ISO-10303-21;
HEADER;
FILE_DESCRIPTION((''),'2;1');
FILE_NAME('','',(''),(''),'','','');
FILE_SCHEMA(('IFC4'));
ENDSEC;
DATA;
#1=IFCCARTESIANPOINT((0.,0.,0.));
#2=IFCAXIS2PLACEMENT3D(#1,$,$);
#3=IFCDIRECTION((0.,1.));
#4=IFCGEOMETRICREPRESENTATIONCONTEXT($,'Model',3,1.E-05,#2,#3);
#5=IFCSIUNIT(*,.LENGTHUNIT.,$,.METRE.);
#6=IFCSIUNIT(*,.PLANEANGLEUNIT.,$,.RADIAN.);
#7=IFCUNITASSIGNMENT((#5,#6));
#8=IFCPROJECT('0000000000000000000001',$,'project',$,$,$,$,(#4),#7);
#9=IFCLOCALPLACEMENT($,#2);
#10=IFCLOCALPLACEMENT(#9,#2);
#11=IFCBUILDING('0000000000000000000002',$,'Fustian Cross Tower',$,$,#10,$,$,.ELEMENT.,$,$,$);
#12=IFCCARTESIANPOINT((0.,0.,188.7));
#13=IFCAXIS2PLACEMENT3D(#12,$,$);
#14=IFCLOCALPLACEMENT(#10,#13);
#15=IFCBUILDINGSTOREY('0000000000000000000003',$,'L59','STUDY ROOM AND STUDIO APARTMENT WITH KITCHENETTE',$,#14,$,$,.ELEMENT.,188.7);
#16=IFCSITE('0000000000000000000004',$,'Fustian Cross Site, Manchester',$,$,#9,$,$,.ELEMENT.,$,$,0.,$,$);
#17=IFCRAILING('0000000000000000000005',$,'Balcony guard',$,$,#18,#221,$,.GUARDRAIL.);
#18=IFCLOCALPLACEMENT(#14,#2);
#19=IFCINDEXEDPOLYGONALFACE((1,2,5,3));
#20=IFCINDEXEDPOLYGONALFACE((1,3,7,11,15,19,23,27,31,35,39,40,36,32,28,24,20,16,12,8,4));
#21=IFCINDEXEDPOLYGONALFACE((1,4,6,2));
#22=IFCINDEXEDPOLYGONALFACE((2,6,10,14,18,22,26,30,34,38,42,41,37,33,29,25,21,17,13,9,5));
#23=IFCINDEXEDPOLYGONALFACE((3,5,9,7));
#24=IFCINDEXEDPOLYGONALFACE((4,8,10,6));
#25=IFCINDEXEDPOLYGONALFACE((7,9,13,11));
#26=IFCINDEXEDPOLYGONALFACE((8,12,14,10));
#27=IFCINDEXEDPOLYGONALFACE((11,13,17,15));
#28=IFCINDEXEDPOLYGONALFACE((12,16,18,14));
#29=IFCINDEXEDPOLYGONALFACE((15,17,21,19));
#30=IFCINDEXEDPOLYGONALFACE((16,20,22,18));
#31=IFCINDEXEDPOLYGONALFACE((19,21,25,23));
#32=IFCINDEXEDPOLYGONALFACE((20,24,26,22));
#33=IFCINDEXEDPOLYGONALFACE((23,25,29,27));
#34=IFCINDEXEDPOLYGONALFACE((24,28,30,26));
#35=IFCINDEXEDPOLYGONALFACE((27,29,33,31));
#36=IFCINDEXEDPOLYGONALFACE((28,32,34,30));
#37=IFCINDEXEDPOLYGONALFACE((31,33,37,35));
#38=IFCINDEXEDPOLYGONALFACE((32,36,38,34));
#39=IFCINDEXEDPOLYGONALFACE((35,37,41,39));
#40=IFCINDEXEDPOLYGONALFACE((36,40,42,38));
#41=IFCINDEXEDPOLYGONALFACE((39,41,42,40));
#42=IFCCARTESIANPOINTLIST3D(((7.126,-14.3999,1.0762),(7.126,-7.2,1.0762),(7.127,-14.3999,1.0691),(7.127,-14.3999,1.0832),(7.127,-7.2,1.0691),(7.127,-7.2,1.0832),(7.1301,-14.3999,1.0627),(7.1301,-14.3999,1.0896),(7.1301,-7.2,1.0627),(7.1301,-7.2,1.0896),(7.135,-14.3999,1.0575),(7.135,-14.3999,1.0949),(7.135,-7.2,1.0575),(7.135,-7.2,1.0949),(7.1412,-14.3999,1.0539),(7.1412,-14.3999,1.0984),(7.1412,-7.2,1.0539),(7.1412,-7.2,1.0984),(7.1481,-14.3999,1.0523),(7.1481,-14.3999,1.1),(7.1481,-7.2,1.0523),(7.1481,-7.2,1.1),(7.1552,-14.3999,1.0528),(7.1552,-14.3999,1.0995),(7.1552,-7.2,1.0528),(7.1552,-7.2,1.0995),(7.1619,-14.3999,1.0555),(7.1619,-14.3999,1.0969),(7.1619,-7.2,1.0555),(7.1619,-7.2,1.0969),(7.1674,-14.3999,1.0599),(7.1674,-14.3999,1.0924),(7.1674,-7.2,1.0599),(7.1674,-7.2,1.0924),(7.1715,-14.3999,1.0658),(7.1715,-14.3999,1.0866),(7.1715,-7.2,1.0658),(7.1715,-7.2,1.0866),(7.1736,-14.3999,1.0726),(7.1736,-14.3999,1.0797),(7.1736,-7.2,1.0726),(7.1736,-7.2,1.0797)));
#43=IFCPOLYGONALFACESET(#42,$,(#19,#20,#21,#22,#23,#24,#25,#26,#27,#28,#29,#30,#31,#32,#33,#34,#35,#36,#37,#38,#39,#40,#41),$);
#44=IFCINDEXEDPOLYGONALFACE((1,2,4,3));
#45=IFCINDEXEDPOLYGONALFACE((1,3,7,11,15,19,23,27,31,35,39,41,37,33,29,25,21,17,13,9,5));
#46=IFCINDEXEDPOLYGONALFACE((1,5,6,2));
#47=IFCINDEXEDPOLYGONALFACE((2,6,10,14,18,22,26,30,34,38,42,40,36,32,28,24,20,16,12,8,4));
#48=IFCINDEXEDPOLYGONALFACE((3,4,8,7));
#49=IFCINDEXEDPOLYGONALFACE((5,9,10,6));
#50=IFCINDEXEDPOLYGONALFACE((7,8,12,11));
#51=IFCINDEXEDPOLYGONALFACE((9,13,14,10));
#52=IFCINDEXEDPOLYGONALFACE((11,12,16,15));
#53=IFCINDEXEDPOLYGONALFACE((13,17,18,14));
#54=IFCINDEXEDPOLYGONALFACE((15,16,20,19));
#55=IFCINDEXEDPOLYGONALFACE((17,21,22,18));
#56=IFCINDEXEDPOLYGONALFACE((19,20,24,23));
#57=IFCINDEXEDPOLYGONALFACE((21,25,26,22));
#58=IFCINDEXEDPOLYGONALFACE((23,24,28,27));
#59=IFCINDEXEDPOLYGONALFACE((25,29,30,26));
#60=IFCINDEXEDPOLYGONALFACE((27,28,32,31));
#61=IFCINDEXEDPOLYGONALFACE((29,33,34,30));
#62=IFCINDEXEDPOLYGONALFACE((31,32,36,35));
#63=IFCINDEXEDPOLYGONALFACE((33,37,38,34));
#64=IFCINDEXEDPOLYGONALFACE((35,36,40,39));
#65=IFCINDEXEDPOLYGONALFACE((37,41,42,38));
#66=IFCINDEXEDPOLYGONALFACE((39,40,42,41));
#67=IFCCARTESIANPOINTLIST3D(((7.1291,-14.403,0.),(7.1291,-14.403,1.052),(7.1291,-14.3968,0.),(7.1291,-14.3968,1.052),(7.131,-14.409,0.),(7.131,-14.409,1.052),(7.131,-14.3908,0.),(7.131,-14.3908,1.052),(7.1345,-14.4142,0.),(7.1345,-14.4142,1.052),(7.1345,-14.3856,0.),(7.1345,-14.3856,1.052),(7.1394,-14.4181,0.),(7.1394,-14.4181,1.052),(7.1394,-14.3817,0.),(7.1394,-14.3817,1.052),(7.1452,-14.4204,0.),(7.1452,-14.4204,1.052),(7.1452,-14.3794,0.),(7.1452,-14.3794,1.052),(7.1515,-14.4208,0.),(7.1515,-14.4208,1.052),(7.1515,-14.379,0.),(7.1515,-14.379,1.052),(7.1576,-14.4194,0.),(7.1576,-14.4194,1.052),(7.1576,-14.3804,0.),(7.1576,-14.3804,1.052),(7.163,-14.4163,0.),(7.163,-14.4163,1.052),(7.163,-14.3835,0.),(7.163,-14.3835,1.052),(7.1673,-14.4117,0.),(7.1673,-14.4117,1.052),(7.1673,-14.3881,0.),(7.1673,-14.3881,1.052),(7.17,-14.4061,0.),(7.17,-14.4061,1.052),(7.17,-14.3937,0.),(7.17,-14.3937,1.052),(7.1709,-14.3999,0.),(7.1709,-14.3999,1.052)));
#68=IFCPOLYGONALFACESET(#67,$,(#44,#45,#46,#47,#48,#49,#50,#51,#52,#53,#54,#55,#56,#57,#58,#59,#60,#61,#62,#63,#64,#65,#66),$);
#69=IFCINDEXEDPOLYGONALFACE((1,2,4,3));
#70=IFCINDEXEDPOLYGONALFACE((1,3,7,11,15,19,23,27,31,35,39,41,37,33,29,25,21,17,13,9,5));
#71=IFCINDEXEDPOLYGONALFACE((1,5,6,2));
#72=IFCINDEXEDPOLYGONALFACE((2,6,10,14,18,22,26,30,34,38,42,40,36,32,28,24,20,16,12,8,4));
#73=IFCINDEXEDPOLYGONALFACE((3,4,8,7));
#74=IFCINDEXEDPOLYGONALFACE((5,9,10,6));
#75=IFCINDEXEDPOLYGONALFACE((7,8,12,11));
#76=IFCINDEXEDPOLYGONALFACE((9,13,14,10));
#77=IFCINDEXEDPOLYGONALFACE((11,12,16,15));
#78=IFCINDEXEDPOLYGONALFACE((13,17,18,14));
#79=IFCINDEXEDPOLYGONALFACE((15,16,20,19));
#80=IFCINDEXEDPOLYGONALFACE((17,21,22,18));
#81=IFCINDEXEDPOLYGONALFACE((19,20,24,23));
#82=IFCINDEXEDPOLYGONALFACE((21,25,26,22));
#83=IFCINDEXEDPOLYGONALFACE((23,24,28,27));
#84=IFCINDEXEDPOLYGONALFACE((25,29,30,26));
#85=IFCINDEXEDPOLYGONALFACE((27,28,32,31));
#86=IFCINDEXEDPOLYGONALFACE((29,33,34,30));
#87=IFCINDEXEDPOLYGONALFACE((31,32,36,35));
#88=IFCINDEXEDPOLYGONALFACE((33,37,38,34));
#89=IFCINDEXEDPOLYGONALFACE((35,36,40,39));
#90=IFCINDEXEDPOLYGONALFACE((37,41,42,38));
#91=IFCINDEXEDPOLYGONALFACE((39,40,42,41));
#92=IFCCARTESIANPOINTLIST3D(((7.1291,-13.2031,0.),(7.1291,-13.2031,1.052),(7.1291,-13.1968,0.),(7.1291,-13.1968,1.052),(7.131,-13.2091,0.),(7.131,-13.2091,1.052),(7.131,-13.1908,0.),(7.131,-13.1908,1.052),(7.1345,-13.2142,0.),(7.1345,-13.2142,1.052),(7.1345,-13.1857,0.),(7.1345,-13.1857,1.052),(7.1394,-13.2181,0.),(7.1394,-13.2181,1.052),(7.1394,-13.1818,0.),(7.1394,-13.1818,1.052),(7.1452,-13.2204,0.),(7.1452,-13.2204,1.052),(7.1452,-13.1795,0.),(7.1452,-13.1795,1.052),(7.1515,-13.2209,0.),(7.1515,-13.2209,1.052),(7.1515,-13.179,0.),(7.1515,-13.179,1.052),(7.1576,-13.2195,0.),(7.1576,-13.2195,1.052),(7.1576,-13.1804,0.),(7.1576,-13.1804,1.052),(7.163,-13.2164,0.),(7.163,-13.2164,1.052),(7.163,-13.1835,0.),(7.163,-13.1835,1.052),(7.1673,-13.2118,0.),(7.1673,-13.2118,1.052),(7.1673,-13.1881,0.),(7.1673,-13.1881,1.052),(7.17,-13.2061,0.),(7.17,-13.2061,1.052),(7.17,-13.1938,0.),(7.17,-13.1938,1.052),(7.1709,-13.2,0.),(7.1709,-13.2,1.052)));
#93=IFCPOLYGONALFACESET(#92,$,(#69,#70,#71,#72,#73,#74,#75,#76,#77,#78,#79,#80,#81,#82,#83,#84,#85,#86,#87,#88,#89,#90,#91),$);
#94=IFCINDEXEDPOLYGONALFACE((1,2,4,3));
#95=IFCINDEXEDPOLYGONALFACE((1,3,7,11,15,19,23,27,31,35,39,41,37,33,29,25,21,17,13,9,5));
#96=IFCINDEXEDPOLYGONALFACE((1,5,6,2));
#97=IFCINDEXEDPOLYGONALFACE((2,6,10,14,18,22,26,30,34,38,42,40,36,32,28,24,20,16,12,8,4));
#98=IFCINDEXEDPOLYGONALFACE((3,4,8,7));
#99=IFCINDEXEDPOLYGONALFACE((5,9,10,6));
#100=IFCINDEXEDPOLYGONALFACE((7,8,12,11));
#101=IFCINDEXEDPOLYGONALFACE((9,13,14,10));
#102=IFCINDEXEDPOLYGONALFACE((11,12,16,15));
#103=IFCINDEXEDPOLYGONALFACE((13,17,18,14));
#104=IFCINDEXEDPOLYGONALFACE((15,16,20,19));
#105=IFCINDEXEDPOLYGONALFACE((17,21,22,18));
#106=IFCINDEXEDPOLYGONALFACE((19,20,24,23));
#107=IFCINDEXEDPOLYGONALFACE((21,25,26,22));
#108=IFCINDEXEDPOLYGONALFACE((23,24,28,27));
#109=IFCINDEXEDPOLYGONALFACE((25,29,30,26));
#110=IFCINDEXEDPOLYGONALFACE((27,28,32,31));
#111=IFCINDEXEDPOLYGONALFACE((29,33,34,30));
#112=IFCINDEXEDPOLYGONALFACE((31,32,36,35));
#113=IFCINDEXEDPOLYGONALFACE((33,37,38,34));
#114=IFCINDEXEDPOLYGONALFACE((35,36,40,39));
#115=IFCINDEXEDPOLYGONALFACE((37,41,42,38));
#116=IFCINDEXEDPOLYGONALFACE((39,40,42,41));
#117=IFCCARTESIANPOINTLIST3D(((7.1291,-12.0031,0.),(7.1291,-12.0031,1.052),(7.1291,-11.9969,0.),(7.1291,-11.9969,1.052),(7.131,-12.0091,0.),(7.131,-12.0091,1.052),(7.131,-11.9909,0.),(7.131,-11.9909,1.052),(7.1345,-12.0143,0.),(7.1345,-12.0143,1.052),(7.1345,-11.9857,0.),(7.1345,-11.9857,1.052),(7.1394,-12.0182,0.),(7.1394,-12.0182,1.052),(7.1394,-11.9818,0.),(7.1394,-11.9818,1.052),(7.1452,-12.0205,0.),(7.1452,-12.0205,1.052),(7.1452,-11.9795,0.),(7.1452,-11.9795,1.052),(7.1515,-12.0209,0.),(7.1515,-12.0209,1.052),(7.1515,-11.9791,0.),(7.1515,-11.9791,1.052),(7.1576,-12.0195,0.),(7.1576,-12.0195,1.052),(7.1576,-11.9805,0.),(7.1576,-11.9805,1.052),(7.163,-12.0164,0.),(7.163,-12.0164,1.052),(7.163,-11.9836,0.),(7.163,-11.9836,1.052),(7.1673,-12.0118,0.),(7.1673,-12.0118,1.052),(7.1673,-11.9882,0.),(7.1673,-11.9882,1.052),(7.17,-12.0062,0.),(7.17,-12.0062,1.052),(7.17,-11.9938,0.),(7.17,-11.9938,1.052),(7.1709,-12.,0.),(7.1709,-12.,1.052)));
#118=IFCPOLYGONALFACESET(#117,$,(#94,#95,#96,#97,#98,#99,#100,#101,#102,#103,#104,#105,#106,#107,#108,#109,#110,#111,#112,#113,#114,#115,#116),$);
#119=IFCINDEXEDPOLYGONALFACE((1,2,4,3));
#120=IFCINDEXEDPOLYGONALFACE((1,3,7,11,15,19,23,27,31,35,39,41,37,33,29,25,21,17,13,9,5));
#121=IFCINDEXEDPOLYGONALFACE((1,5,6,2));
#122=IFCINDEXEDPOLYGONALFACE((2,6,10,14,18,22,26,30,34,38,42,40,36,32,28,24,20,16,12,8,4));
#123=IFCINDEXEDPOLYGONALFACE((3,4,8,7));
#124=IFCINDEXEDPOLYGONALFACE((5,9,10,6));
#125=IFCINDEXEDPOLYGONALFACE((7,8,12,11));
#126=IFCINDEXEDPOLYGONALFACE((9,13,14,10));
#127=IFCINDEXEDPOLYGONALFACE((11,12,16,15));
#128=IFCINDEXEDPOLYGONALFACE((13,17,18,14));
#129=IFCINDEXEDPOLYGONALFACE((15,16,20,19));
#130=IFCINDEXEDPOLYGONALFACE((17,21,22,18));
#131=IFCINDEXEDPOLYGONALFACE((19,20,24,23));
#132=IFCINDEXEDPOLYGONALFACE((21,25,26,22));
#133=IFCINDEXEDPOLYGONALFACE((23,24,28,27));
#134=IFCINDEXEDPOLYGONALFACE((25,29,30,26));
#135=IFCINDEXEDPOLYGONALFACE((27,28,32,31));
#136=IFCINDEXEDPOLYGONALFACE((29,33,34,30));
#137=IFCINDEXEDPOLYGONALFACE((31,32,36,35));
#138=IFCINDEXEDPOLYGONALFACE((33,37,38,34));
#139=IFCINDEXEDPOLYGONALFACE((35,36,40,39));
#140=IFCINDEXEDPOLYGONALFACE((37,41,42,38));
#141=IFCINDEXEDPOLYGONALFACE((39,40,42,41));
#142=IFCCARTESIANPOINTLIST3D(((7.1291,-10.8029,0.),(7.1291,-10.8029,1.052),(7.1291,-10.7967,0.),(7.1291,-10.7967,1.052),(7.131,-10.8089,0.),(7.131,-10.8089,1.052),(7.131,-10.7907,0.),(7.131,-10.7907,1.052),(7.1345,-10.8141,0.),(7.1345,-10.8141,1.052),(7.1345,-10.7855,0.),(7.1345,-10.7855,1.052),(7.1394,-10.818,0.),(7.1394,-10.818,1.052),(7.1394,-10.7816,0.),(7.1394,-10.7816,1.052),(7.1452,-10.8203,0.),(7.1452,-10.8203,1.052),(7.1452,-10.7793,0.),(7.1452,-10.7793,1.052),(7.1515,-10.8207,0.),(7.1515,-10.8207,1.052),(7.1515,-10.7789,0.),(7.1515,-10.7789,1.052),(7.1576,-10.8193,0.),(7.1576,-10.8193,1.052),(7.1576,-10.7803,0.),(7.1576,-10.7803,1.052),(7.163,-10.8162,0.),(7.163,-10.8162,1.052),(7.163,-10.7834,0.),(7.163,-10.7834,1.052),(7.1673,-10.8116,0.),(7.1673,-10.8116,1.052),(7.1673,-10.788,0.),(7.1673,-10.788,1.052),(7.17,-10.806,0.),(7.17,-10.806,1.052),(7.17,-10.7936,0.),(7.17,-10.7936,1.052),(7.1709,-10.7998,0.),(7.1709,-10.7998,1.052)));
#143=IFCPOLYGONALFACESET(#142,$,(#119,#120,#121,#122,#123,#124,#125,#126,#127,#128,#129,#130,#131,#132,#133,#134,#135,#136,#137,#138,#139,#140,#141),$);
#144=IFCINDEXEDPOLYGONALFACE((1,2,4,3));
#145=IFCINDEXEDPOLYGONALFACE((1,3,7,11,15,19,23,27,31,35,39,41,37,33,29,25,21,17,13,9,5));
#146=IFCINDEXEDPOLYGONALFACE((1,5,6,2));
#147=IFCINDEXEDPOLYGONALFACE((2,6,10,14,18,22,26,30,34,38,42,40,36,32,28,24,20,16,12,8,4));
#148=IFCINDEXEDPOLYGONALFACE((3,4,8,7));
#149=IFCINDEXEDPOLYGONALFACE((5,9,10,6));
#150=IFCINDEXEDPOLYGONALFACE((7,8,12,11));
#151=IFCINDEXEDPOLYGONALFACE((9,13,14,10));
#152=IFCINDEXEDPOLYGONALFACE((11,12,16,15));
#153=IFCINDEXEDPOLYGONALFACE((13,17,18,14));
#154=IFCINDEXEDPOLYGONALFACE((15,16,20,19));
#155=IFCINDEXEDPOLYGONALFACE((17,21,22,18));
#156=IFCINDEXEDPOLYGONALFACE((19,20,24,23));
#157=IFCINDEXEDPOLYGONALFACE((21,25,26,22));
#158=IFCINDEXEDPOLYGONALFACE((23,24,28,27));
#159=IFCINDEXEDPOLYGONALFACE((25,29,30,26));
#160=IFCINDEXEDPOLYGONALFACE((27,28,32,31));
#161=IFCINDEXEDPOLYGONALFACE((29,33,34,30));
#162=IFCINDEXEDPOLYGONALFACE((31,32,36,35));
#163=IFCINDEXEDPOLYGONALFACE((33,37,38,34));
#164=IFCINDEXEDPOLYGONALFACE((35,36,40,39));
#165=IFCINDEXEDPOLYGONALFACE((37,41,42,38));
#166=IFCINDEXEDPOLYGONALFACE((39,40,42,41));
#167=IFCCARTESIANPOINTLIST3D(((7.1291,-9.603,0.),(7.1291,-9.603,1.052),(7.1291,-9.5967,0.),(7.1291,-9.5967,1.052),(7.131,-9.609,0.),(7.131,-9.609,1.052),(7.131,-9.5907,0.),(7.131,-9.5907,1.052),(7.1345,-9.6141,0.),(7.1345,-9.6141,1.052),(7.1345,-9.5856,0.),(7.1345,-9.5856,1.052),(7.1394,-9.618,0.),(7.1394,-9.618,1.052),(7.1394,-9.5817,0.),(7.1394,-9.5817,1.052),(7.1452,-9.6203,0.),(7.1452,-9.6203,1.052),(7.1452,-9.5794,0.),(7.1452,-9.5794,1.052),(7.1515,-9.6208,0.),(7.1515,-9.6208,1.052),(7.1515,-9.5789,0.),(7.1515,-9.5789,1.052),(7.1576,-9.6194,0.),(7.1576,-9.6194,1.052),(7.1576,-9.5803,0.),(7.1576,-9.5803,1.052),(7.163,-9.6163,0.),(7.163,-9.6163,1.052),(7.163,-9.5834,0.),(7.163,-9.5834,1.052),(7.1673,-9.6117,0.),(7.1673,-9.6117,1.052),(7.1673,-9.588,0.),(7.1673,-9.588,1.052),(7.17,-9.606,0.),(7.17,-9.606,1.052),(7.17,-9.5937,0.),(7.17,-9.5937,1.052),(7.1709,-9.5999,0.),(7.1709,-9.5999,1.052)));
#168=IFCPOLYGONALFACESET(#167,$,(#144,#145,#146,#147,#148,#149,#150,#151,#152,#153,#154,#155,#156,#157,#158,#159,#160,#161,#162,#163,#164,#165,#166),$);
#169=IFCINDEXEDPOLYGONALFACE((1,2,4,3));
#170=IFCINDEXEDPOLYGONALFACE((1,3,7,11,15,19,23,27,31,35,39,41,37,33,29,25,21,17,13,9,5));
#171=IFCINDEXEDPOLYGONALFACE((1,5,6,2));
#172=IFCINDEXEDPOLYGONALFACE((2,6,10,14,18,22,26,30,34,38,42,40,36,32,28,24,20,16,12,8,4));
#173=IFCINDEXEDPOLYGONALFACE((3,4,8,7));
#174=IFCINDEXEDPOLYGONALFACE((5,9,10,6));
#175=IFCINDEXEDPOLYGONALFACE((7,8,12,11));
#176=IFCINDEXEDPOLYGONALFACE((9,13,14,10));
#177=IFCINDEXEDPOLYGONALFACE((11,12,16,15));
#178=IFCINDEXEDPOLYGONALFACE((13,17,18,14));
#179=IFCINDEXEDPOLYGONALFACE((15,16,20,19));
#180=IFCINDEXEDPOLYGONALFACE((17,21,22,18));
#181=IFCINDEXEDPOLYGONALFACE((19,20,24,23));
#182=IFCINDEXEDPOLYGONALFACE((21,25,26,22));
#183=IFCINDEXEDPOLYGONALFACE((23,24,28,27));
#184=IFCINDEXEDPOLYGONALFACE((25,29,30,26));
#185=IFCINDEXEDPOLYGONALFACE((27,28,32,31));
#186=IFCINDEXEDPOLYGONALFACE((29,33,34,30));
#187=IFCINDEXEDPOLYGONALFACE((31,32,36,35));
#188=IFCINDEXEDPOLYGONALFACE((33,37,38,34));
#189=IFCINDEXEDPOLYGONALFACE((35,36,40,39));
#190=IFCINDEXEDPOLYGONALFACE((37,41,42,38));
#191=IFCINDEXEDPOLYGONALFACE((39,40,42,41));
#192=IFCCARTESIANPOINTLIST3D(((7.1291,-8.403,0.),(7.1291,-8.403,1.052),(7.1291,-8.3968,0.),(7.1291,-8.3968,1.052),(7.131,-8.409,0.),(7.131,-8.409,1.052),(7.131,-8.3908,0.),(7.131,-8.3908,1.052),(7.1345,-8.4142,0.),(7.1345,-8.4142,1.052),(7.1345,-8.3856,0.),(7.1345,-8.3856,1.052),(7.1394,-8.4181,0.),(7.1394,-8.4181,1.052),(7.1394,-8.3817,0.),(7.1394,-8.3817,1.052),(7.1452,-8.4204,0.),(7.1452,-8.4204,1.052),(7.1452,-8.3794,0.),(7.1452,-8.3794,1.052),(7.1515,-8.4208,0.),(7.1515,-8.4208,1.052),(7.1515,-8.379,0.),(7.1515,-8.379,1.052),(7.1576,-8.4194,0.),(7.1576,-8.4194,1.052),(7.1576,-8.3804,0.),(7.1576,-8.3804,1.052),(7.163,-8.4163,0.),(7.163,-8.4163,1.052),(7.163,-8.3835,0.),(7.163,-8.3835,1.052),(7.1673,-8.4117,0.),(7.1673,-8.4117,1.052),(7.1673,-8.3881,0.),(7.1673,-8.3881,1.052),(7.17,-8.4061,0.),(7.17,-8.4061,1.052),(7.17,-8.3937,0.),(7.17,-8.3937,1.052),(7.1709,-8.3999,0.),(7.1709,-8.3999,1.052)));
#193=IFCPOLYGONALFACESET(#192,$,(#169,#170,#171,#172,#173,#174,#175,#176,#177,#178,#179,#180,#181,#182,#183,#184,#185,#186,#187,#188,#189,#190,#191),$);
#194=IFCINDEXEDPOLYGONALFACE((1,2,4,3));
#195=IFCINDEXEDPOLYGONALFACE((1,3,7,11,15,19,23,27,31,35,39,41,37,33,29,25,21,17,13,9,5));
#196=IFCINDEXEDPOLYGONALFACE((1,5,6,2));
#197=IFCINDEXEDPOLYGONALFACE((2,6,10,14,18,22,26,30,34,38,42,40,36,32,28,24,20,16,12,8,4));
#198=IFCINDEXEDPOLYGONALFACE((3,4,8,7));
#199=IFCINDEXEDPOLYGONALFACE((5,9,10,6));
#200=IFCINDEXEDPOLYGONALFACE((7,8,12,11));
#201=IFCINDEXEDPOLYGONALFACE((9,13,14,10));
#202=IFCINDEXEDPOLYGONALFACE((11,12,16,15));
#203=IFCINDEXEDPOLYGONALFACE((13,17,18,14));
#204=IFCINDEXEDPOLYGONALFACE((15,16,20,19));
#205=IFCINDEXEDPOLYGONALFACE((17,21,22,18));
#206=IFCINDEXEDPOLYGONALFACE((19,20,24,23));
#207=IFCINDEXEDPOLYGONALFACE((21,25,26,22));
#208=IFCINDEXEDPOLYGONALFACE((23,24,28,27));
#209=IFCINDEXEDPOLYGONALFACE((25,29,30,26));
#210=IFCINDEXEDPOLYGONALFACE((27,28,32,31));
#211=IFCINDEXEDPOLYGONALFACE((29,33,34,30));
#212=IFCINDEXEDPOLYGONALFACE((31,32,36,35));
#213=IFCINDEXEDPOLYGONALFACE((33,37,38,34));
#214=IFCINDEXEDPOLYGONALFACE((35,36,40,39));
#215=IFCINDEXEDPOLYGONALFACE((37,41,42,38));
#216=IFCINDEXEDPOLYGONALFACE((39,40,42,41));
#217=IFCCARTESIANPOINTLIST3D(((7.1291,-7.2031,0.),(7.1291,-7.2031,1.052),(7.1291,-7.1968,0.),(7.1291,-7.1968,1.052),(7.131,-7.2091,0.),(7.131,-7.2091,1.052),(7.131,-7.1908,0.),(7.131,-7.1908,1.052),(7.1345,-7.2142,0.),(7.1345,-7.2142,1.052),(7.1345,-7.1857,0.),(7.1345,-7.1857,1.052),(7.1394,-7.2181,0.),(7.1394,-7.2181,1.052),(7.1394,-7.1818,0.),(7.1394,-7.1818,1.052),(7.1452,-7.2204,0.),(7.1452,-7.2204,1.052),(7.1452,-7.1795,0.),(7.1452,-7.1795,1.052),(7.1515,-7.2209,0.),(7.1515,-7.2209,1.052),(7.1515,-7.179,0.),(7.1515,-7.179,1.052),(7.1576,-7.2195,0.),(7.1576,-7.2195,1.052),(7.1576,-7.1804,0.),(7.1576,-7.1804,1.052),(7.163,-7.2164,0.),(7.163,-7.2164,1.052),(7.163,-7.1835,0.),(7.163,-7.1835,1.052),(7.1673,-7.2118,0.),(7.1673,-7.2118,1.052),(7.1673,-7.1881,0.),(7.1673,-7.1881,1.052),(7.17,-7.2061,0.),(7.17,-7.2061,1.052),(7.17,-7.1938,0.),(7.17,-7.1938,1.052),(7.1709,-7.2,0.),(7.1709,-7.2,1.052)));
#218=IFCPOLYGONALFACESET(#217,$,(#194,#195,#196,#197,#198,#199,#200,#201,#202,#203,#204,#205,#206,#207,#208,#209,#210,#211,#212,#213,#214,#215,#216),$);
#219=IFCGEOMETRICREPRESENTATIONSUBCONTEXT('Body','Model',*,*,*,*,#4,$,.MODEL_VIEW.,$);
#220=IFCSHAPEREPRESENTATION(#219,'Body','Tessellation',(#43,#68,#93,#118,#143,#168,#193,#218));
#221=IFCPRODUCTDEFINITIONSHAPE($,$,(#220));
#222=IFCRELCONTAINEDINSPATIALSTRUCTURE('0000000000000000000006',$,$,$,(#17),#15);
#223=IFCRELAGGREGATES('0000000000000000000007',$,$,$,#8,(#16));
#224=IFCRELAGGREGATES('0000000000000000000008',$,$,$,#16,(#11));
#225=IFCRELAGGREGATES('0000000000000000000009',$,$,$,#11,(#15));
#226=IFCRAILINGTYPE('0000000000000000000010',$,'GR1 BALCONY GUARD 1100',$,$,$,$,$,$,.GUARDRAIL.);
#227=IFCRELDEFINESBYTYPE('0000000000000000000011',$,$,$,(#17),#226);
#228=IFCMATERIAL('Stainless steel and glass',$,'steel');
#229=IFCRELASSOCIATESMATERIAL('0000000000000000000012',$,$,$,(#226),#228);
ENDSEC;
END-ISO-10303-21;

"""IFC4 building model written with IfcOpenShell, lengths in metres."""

from ifc_helpers import new_model, si_unit, direction, frame, origin, origin_2d, place, context, subcontext, project, spatial, circle, extrude, material, type_object, element, save


model = new_model("IFC4")

# Units and contexts
model_context = context("Model", 3, precision=1e-05, world=origin(), true_north=direction((0.0, 1.0)))
body_context = subcontext(model_context, "Body", "Model", "MODEL_VIEW")
ifc_project = project(units=[si_unit("LENGTHUNIT", "METRE"), si_unit("PLANEANGLEUNIT", "RADIAN")], contexts=[model_context])

# Site, building, storey
site_placement = place(None, origin())
site = spatial("IfcSite", under=ifc_project, at=site_placement, Name="Fustian Cross Site, Manchester", CompositionType="ELEMENT", RefElevation=0.0)
building_placement = place(site_placement, origin())
building = spatial("IfcBuilding", under=site, at=building_placement, Name="Fustian Cross Tower", CompositionType="ELEMENT")
storey_placement = place(building_placement, frame((0.0, 0.0, 188.7)))
storey = spatial("IfcBuildingStorey", under=building, at=storey_placement, Name="L59", Description="STUDY ROOM AND STUDIO APARTMENT WITH KITCHENETTE", CompositionType="ELEMENT", Elevation=188.7)

# Railing
ifc_material_1 = material(Name="Stainless steel and glass", Category="steel")
railing_type_1 = type_object("IfcRailingType", Name="GR1 BALCONY GUARD 1100", PredefinedType="GUARDRAIL", material=ifc_material_1)
railing_1_placement = place(storey_placement, frame((7.1499, -14.3999, 0.0)))
element("IfcRailing", 1, at=railing_1_placement, inside=storey, type_object=railing_type_1, Name="Balcony guard", PredefinedType="GUARDRAIL", context=body_context, shape_type="SweptSolid", body=[
    extrude(circle(Radius=0.0239, at=origin_2d()), frame((0.0, 0.0, 1.0762), z_axis=(0.0, 1.0, 0.0), x_axis=(-1.0, 0.0, 0.0)), (0.0, 0.0, 1.0), 7.2),
    extrude(circle(Radius=0.021, at=origin_2d()), origin(), (0.0, 0.0, 1.0), 1.052),
    extrude(circle(Radius=0.021, at=origin_2d()), frame((0.0, 1.2, 0.0)), (0.0, 0.0, 1.0), 1.052),
    extrude(circle(Radius=0.021, at=origin_2d()), frame((0.0, 2.3999, 0.0)), (0.0, 0.0, 1.0), 1.052),
    extrude(circle(Radius=0.021, at=origin_2d()), frame((0.0, 3.6001, 0.0)), (0.0, 0.0, 1.0), 1.052),
    extrude(circle(Radius=0.021, at=origin_2d()), frame((0.0, 4.8, 0.0)), (0.0, 0.0, 1.0), 1.052),
    extrude(circle(Radius=0.021, at=origin_2d()), frame((0.0, 6.0, 0.0)), (0.0, 0.0, 1.0), 1.052),
    extrude(circle(Radius=0.021, at=origin_2d()), frame((0.0, 7.2, 0.0)), (0.0, 0.0, 1.0), 1.052),
])

save(model, "model.ifc")
